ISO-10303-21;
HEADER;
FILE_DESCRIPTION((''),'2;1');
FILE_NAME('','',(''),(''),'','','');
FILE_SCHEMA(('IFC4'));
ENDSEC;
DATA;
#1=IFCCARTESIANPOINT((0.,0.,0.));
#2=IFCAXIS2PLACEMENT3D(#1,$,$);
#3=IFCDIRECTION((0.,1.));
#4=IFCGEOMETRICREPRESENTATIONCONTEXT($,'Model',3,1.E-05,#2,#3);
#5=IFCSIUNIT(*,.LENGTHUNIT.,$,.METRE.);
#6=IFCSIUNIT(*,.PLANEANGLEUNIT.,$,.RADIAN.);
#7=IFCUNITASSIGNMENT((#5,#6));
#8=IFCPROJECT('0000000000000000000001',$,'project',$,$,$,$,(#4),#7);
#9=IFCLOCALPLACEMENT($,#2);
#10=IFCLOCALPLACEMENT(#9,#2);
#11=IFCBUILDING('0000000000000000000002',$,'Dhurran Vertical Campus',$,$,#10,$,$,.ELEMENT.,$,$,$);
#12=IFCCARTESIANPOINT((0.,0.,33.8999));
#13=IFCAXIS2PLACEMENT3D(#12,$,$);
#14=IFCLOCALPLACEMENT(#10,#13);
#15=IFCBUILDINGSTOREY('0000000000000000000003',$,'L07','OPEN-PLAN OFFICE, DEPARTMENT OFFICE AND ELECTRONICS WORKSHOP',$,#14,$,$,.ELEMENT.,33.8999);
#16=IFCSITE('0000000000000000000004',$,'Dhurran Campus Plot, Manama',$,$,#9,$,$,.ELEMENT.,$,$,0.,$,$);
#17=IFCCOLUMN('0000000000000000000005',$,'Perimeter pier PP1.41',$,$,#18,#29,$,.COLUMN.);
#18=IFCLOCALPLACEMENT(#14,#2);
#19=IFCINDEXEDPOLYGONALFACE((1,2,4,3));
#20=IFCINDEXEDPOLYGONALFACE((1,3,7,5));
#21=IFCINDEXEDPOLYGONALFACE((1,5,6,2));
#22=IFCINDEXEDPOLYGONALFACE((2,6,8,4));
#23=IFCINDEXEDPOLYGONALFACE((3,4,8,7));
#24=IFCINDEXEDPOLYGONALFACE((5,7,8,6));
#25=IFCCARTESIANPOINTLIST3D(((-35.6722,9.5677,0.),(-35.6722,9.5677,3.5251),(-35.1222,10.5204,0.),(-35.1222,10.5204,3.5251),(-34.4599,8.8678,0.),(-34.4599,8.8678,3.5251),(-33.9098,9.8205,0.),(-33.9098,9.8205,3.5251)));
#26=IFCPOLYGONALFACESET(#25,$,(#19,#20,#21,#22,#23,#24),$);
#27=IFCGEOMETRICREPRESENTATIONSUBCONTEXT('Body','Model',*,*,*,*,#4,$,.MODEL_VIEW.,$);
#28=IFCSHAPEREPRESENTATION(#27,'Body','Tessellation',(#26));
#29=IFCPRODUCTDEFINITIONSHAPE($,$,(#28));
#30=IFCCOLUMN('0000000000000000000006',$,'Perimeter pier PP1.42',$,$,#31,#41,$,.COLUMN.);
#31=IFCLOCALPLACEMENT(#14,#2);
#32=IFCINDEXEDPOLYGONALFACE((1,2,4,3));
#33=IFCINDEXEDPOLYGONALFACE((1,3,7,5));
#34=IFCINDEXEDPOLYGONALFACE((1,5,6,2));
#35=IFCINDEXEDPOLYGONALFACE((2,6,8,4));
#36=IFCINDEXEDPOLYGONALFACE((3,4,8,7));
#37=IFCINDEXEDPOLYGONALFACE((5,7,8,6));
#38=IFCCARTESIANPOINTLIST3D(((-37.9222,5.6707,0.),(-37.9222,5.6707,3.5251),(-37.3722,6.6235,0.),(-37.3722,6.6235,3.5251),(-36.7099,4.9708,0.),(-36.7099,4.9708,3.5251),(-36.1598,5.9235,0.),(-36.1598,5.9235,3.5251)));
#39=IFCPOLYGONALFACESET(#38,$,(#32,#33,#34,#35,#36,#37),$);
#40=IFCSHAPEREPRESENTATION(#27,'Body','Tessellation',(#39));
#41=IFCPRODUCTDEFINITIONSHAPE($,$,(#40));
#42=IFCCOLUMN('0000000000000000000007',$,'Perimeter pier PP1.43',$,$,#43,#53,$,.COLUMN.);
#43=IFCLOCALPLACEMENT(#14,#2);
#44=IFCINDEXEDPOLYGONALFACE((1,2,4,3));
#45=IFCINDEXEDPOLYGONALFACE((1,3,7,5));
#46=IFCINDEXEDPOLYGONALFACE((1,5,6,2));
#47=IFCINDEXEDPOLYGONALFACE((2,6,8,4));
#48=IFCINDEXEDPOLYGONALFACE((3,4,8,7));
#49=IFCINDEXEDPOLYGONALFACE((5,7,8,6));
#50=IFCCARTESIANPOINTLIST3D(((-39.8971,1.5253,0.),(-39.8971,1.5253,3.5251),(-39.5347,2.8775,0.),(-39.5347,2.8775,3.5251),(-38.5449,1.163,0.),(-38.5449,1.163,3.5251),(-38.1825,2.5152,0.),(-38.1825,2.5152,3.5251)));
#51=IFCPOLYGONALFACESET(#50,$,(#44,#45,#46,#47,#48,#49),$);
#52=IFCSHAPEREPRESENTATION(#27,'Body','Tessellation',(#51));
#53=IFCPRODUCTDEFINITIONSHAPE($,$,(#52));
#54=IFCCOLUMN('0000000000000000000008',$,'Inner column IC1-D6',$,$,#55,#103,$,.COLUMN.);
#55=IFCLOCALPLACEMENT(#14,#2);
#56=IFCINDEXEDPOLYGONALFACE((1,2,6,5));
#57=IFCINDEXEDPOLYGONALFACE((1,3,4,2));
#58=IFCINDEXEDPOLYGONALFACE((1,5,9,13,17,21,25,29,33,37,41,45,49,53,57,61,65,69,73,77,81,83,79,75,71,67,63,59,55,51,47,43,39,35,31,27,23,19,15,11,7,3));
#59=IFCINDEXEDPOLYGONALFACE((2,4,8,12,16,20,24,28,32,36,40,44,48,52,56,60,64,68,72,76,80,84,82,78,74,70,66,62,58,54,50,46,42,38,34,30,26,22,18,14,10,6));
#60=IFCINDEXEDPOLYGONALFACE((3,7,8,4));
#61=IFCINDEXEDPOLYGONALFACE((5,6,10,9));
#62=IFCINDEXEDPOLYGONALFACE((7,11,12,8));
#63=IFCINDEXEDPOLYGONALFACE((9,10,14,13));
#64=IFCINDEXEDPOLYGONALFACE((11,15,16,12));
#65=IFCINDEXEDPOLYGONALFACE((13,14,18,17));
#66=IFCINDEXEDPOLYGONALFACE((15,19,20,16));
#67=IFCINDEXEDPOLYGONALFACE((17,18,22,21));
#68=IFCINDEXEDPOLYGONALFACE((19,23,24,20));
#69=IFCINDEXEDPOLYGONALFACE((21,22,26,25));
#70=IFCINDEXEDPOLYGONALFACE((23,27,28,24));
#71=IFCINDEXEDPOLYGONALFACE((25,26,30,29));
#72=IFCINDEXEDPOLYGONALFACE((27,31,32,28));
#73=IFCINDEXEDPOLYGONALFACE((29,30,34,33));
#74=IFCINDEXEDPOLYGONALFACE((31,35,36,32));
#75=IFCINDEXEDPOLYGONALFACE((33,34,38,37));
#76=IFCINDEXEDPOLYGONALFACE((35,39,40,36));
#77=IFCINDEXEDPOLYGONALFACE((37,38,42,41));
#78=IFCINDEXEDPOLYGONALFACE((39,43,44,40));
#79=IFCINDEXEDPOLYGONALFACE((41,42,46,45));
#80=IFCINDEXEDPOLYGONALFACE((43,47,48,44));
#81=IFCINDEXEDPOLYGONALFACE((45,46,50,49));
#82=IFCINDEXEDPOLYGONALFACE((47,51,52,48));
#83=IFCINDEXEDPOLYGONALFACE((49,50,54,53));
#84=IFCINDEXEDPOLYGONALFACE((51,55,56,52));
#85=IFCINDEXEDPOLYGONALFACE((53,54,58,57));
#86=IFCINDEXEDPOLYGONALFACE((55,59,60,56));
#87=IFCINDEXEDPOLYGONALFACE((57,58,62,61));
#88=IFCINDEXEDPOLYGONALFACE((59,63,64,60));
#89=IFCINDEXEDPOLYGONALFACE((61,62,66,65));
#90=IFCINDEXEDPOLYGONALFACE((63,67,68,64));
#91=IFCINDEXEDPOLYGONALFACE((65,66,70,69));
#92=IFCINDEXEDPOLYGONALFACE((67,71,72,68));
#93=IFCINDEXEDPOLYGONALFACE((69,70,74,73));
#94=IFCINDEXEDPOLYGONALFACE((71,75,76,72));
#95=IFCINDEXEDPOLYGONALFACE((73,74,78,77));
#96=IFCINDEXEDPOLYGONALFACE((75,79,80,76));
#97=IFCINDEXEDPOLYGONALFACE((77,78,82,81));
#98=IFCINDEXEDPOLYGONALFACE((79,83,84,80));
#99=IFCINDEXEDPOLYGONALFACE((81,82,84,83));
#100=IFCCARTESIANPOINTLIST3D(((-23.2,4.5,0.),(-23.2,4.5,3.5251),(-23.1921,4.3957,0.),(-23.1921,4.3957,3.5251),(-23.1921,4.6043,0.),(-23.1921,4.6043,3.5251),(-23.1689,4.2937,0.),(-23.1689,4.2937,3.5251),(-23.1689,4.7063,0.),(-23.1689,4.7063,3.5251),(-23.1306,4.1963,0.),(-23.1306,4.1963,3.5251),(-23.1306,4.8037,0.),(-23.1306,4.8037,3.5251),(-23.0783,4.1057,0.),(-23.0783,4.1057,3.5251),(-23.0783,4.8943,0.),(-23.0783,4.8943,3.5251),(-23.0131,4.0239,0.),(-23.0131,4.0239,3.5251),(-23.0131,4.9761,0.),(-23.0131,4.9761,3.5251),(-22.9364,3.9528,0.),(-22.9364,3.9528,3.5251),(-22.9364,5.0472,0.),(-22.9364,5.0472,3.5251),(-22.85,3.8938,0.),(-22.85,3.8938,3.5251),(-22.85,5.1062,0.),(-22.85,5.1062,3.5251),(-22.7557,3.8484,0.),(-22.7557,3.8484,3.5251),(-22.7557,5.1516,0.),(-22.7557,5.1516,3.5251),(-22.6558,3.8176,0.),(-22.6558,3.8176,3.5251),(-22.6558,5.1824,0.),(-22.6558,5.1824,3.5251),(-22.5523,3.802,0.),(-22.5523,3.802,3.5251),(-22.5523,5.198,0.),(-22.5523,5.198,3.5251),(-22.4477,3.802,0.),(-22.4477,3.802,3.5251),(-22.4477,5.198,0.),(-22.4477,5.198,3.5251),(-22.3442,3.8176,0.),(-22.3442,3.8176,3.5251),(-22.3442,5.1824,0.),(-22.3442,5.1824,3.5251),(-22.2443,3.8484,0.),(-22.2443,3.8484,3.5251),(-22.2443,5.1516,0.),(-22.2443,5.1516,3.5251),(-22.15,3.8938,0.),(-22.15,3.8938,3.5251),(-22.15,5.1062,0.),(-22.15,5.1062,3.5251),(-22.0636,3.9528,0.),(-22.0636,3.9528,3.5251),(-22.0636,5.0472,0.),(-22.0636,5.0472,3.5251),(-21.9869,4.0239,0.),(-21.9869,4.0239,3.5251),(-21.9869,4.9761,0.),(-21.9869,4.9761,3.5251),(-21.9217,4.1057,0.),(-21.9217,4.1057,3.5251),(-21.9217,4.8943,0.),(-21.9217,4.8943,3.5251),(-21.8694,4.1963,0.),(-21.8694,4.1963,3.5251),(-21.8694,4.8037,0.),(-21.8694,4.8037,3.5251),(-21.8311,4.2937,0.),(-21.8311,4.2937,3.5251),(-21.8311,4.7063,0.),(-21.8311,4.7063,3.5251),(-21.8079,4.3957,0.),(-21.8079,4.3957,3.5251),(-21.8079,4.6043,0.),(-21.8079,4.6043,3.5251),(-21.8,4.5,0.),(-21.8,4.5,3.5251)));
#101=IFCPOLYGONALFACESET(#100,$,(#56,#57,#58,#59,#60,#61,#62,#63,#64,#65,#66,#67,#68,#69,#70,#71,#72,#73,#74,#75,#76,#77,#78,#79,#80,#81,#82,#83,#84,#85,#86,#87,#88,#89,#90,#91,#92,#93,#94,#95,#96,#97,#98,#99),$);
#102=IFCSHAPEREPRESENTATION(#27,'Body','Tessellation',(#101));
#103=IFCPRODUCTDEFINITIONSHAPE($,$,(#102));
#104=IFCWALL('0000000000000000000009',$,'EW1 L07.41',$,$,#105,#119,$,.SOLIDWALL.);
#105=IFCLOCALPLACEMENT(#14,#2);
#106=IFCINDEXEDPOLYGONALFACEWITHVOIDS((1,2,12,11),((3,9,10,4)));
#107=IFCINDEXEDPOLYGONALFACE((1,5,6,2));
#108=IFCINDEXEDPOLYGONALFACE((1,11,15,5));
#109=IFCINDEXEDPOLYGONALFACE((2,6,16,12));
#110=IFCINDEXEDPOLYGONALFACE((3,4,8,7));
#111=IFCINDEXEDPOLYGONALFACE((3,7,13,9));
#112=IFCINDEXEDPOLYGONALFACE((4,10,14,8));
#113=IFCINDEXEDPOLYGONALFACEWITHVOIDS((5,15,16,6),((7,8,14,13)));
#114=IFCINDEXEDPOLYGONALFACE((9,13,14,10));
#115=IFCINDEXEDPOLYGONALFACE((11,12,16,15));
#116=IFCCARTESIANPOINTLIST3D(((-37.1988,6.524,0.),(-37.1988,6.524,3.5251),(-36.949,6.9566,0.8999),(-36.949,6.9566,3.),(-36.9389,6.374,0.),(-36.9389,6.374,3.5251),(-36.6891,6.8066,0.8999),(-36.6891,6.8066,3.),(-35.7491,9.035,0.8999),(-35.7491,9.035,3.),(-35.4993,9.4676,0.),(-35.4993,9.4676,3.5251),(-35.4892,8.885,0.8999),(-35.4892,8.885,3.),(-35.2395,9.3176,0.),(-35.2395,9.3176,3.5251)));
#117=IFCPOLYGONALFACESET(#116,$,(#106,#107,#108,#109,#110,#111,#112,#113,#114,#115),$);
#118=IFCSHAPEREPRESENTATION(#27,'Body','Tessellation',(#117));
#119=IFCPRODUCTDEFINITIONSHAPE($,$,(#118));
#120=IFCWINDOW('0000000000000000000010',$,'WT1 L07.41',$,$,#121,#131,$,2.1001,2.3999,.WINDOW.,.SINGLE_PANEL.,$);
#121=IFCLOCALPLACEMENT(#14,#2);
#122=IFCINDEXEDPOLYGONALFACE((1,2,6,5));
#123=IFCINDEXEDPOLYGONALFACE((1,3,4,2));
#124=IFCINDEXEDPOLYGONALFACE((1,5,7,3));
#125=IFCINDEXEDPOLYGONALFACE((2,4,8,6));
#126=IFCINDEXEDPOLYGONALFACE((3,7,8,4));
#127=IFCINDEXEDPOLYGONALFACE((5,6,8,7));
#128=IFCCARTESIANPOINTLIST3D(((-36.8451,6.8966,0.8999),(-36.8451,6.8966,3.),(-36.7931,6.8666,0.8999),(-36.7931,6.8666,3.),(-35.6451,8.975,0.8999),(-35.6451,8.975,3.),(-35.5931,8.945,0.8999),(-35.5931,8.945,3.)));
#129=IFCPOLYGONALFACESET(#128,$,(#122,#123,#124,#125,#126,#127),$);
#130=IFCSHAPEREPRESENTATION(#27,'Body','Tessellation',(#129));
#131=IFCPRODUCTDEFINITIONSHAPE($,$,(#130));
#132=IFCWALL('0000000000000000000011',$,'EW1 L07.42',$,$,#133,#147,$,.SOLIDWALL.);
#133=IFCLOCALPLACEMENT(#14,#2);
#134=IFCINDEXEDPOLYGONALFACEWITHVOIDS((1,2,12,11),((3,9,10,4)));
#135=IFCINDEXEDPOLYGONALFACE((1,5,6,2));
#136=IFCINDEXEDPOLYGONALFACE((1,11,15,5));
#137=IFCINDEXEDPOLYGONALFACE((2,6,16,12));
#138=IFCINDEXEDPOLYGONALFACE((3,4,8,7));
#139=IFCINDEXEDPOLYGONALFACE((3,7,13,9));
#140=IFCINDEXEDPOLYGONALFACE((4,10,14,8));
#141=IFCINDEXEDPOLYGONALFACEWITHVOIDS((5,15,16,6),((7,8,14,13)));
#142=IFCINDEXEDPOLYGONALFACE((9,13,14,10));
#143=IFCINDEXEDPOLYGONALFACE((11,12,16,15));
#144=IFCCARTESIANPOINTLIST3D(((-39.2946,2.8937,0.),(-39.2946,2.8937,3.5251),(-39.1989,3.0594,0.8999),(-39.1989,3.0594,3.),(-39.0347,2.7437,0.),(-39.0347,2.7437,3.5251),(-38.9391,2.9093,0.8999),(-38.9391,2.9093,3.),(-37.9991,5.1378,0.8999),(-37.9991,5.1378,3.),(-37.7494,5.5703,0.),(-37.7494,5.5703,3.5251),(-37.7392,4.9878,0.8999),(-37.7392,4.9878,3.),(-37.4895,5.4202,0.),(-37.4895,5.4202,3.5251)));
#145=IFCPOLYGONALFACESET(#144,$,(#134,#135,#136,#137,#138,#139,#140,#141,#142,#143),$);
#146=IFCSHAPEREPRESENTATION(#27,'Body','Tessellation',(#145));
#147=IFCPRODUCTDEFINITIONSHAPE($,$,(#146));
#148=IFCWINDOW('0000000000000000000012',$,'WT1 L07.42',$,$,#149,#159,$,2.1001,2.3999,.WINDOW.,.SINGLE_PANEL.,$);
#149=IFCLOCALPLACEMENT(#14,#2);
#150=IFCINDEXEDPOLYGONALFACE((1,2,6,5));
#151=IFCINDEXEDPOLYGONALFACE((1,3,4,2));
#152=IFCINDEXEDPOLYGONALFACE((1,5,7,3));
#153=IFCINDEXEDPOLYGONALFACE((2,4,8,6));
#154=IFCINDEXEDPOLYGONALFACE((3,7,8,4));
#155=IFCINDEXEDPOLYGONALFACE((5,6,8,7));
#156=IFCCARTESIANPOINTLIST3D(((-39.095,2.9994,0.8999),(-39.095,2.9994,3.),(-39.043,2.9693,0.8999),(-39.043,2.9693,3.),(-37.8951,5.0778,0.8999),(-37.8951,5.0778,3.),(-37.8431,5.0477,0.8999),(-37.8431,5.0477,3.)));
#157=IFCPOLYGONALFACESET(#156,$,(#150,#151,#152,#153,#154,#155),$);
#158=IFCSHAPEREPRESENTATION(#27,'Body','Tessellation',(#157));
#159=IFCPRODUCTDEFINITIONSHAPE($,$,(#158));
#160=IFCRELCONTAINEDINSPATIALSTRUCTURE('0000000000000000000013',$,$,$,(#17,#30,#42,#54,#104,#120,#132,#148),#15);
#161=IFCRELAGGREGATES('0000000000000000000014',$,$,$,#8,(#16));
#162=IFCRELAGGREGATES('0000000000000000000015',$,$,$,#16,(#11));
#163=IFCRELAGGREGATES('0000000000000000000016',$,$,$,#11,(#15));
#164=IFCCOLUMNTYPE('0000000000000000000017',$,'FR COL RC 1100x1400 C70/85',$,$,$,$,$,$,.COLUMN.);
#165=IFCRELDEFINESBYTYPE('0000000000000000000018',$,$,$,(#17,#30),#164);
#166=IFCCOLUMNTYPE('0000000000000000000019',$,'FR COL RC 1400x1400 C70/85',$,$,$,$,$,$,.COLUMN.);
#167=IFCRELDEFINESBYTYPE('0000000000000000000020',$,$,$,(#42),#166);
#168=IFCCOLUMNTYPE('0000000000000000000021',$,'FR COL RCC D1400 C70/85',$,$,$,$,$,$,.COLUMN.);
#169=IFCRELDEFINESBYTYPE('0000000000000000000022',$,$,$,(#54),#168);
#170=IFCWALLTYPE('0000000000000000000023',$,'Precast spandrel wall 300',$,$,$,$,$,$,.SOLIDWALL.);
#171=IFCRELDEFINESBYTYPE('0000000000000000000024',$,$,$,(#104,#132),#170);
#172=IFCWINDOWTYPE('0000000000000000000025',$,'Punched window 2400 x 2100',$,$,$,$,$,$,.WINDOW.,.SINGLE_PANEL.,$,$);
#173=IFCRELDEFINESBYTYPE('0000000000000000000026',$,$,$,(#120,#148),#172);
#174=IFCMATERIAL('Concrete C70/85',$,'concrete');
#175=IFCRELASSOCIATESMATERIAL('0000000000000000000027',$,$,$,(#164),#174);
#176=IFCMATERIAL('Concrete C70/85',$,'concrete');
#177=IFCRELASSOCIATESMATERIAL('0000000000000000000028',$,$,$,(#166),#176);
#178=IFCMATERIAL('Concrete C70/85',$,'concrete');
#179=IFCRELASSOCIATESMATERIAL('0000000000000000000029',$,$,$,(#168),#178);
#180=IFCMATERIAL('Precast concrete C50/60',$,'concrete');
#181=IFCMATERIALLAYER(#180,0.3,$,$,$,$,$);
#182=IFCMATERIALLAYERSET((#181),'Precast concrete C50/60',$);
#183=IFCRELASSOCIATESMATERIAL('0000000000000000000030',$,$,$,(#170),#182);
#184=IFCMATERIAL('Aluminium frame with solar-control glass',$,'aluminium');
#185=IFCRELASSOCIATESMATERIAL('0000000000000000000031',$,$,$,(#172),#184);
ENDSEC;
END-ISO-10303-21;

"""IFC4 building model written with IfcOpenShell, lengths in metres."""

from ifc_helpers import new_model, si_unit, direction, frame, frame_2d, origin, origin_2d, place, context, subcontext, project, spatial, rectangle, circle, extrude, material, layer, layer_set, material_profile, profile_set, type_object, element, fill, save


model = new_model("IFC4")

# Units and contexts
model_context = context("Model", 3, precision=1e-05, world=origin(), true_north=direction((0.0, 1.0)))
body_context = subcontext(model_context, "Body", "Model", "MODEL_VIEW")
ifc_project = project(units=[si_unit("LENGTHUNIT", "METRE"), si_unit("PLANEANGLEUNIT", "RADIAN")], contexts=[model_context])

# Site, building, storey
site_placement = place(None, origin())
site = spatial("IfcSite", under=ifc_project, at=site_placement, Name="Dhurran Campus Plot, Manama", CompositionType="ELEMENT", RefElevation=0.0)
building_placement = place(site_placement, origin())
building = spatial("IfcBuilding", under=site, at=building_placement, Name="Dhurran Vertical Campus", CompositionType="ELEMENT")
storey_placement = place(building_placement, frame((0.0, 0.0, 33.8999)))
storey = spatial("IfcBuildingStorey", under=building, at=storey_placement, Name="L07", Description="OPEN-PLAN OFFICE, DEPARTMENT OFFICE AND ELECTRONICS WORKSHOP", CompositionType="ELEMENT", Elevation=33.8999)

# Columns
ifc_material_1 = material(Name="Concrete C70/85", Category="concrete")
ifc_material_profile_1 = material_profile(ifc_material_1, rectangle(XDim=1.1001, YDim=1.3999, at=origin_2d()), Name="RC 1100x1400")
ifc_profile_set_1 = profile_set([ifc_material_profile_1], Name="Concrete C70/85")
column_type_1 = type_object("IfcColumnType", Name="FR COL RC 1100x1400 C70/85", PredefinedType="COLUMN", material=ifc_profile_set_1)
for number, where, z_axis, x_axis, name in (
    (1, (-34.791, 9.6941, 0.0), (0.0, 0.0, 1.0), (-0.5, -0.866025, 0.0), "Perimeter pier PP1.41"),
    (2, (-37.041, 5.7971, 0.0), (0.0, 0.0, 1.0), (-0.5, -0.866025, 0.0), "Perimeter pier PP1.42"),
):
    element("IfcColumn", number, at=place(storey_placement, frame(where, z_axis=z_axis, x_axis=x_axis)), inside=storey, type_object=column_type_1, Name=name, PredefinedType="COLUMN", context=body_context, shape_type="SweptSolid", body=[
        extrude(rectangle(XDim=1.1001, YDim=1.3999, at=origin_2d()), origin(), (0.0, 0.0, 1.0), 3.5251),
    ])
ifc_material_2 = material(Name="Concrete C70/85", Category="concrete")
ifc_material_profile_2 = material_profile(ifc_material_2, rectangle(XDim=1.3999, YDim=1.3999, at=origin_2d()), Name="RC 1400x1400")
ifc_profile_set_2 = profile_set([ifc_material_profile_2], Name="Concrete C70/85")
column_type_2 = type_object("IfcColumnType", Name="FR COL RC 1400x1400 C70/85", PredefinedType="COLUMN", material=ifc_profile_set_2)
column_1_placement = place(storey_placement, frame((-39.0398, 2.0203, 0.0), z_axis=(0.0, 0.0, 1.0), x_axis=(-0.258819, -0.965926, 0.0)))
element("IfcColumn", 3, at=column_1_placement, inside=storey, type_object=column_type_2, Name="Perimeter pier PP1.43", PredefinedType="COLUMN", context=body_context, shape_type="SweptSolid", body=[
    extrude(rectangle(XDim=1.3999, YDim=1.3999, at=origin_2d()), origin(), (0.0, 0.0, 1.0), 3.5251),
])
ifc_material_3 = material(Name="Concrete C70/85", Category="concrete")
ifc_material_profile_3 = material_profile(ifc_material_3, circle(Radius=0.7, at=origin_2d()), Name="RCC D1400")
ifc_profile_set_3 = profile_set([ifc_material_profile_3], Name="Concrete C70/85")
column_type_3 = type_object("IfcColumnType", Name="FR COL RCC D1400 C70/85", PredefinedType="COLUMN", material=ifc_profile_set_3)
column_2_placement = place(storey_placement, frame((-22.5, 4.5, 0.0), z_axis=(0.0, 0.0, 1.0), x_axis=(1.0, 0.0, 0.0)))
element("IfcColumn", 4, at=column_2_placement, inside=storey, type_object=column_type_3, Name="Inner column IC1-D6", PredefinedType="COLUMN", context=body_context, shape_type="SweptSolid", body=[
    extrude(circle(Radius=0.7, at=origin_2d()), origin(), (0.0, 0.0, 1.0), 3.5251),
])

# Walls, openings, windows
ifc_material_4 = material(Name="Precast concrete C50/60", Category="concrete")
ifc_layer_1 = layer(ifc_material_4, 0.3)
ifc_layer_set_1 = layer_set([ifc_layer_1], Name="Precast concrete C50/60")
wall_type_1 = type_object("IfcWallType", Name="Precast spandrel wall 300", PredefinedType="SOLIDWALL", material=ifc_layer_set_1)
wall_1_placement = place(storey_placement, frame((-35.3694, 9.3926, 0.0), z_axis=(0.0, 0.0, 1.0), x_axis=(-0.499994, -0.866029, 0.0)))
wall_1 = element("IfcWall", 5, at=wall_1_placement, inside=storey, type_object=wall_type_1, Name="EW1 L07.41", PredefinedType="SOLIDWALL", context=body_context, shape_type="SweptSolid", body=[
    extrude(rectangle(XDim=3.3989, YDim=0.3, at=frame_2d((1.6995, 0.0))), origin(), (0.0, 0.0, 1.0), 3.5251),
])
opening_1_placement = place(wall_1_placement, frame((0.4995, 0.0, 0.8999)))
opening_1 = element("IfcOpeningElement", 6, at=opening_1_placement, cuts=wall_1, PredefinedType="OPENING", context=body_context, shape_type="SweptSolid", body=[
    extrude(rectangle(XDim=2.3999, YDim=2.1001, at=frame_2d((1.2, 1.05))), frame((0.0, 0.1599, 0.0), z_axis=(0.0, -1.0, 0.0), x_axis=(1.0, 0.0, 0.0)), (0.0, 0.0, 1.0), 0.3201),
])
ifc_material_5 = material(Name="Aluminium frame with solar-control glass", Category="aluminium")
window_type = type_object("IfcWindowType", Name="Punched window 2400 x 2100", PartitioningType="SINGLE_PANEL", PredefinedType="WINDOW", material=ifc_material_5)
window_1_placement = place(opening_1_placement, origin())
window_1 = element("IfcWindow", 7, at=window_1_placement, inside=storey, type_object=window_type, Name="WT1 L07.41", OverallHeight=2.1001, OverallWidth=2.3999, PartitioningType="SINGLE_PANEL", PredefinedType="WINDOW", context=body_context, shape_type="SweptSolid", body=[
    extrude(rectangle(XDim=2.3999, YDim=2.1001, at=frame_2d((1.2, 1.05))), frame((0.0, 0.03, 0.0), z_axis=(0.0, -1.0, 0.0), x_axis=(1.0, 0.0, 0.0)), (0.0, 0.0, 1.0), 0.0601),
])
fill(opening_1, window_1)
wall_2_placement = place(storey_placement, frame((-37.6194, 5.4954, 0.0), z_axis=(0.0, 0.0, 1.0), x_axis=(-0.499971, -0.866042, 0.0)))
wall_2 = element("IfcWall", 8, at=wall_2_placement, inside=storey, type_object=wall_type_1, Name="EW1 L07.42", PredefinedType="SOLIDWALL", context=body_context, shape_type="SweptSolid", body=[
    extrude(rectangle(XDim=3.0906, YDim=0.3, at=frame_2d((1.5454, 0.0))), origin(), (0.0, 0.0, 1.0), 3.5251),
])
opening_2_placement = place(wall_2_placement, frame((0.4995, 0.0, 0.8999)))
opening_2 = element("IfcOpeningElement", 9, at=opening_2_placement, cuts=wall_2, PredefinedType="OPENING", context=body_context, shape_type="SweptSolid", body=[
    extrude(rectangle(XDim=2.3999, YDim=2.1001, at=frame_2d((1.2, 1.05))), frame((0.0, 0.1599, 0.0), z_axis=(0.0, -1.0, 0.0), x_axis=(1.0, 0.0, 0.0)), (0.0, 0.0, 1.0), 0.3201),
])
window_2_placement = place(opening_2_placement, origin())
window_2 = element("IfcWindow", 10, at=window_2_placement, inside=storey, type_object=window_type, Name="WT1 L07.42", OverallHeight=2.1001, OverallWidth=2.3999, PartitioningType="SINGLE_PANEL", PredefinedType="WINDOW", context=body_context, shape_type="SweptSolid", body=[
    extrude(rectangle(XDim=2.3999, YDim=2.1001, at=frame_2d((1.2, 1.05))), frame((0.0, 0.03, 0.0), z_axis=(0.0, -1.0, 0.0), x_axis=(1.0, 0.0, 0.0)), (0.0, 0.0, 1.0), 0.0601),
])
fill(opening_2, window_2)

save(model, "model.ifc")
